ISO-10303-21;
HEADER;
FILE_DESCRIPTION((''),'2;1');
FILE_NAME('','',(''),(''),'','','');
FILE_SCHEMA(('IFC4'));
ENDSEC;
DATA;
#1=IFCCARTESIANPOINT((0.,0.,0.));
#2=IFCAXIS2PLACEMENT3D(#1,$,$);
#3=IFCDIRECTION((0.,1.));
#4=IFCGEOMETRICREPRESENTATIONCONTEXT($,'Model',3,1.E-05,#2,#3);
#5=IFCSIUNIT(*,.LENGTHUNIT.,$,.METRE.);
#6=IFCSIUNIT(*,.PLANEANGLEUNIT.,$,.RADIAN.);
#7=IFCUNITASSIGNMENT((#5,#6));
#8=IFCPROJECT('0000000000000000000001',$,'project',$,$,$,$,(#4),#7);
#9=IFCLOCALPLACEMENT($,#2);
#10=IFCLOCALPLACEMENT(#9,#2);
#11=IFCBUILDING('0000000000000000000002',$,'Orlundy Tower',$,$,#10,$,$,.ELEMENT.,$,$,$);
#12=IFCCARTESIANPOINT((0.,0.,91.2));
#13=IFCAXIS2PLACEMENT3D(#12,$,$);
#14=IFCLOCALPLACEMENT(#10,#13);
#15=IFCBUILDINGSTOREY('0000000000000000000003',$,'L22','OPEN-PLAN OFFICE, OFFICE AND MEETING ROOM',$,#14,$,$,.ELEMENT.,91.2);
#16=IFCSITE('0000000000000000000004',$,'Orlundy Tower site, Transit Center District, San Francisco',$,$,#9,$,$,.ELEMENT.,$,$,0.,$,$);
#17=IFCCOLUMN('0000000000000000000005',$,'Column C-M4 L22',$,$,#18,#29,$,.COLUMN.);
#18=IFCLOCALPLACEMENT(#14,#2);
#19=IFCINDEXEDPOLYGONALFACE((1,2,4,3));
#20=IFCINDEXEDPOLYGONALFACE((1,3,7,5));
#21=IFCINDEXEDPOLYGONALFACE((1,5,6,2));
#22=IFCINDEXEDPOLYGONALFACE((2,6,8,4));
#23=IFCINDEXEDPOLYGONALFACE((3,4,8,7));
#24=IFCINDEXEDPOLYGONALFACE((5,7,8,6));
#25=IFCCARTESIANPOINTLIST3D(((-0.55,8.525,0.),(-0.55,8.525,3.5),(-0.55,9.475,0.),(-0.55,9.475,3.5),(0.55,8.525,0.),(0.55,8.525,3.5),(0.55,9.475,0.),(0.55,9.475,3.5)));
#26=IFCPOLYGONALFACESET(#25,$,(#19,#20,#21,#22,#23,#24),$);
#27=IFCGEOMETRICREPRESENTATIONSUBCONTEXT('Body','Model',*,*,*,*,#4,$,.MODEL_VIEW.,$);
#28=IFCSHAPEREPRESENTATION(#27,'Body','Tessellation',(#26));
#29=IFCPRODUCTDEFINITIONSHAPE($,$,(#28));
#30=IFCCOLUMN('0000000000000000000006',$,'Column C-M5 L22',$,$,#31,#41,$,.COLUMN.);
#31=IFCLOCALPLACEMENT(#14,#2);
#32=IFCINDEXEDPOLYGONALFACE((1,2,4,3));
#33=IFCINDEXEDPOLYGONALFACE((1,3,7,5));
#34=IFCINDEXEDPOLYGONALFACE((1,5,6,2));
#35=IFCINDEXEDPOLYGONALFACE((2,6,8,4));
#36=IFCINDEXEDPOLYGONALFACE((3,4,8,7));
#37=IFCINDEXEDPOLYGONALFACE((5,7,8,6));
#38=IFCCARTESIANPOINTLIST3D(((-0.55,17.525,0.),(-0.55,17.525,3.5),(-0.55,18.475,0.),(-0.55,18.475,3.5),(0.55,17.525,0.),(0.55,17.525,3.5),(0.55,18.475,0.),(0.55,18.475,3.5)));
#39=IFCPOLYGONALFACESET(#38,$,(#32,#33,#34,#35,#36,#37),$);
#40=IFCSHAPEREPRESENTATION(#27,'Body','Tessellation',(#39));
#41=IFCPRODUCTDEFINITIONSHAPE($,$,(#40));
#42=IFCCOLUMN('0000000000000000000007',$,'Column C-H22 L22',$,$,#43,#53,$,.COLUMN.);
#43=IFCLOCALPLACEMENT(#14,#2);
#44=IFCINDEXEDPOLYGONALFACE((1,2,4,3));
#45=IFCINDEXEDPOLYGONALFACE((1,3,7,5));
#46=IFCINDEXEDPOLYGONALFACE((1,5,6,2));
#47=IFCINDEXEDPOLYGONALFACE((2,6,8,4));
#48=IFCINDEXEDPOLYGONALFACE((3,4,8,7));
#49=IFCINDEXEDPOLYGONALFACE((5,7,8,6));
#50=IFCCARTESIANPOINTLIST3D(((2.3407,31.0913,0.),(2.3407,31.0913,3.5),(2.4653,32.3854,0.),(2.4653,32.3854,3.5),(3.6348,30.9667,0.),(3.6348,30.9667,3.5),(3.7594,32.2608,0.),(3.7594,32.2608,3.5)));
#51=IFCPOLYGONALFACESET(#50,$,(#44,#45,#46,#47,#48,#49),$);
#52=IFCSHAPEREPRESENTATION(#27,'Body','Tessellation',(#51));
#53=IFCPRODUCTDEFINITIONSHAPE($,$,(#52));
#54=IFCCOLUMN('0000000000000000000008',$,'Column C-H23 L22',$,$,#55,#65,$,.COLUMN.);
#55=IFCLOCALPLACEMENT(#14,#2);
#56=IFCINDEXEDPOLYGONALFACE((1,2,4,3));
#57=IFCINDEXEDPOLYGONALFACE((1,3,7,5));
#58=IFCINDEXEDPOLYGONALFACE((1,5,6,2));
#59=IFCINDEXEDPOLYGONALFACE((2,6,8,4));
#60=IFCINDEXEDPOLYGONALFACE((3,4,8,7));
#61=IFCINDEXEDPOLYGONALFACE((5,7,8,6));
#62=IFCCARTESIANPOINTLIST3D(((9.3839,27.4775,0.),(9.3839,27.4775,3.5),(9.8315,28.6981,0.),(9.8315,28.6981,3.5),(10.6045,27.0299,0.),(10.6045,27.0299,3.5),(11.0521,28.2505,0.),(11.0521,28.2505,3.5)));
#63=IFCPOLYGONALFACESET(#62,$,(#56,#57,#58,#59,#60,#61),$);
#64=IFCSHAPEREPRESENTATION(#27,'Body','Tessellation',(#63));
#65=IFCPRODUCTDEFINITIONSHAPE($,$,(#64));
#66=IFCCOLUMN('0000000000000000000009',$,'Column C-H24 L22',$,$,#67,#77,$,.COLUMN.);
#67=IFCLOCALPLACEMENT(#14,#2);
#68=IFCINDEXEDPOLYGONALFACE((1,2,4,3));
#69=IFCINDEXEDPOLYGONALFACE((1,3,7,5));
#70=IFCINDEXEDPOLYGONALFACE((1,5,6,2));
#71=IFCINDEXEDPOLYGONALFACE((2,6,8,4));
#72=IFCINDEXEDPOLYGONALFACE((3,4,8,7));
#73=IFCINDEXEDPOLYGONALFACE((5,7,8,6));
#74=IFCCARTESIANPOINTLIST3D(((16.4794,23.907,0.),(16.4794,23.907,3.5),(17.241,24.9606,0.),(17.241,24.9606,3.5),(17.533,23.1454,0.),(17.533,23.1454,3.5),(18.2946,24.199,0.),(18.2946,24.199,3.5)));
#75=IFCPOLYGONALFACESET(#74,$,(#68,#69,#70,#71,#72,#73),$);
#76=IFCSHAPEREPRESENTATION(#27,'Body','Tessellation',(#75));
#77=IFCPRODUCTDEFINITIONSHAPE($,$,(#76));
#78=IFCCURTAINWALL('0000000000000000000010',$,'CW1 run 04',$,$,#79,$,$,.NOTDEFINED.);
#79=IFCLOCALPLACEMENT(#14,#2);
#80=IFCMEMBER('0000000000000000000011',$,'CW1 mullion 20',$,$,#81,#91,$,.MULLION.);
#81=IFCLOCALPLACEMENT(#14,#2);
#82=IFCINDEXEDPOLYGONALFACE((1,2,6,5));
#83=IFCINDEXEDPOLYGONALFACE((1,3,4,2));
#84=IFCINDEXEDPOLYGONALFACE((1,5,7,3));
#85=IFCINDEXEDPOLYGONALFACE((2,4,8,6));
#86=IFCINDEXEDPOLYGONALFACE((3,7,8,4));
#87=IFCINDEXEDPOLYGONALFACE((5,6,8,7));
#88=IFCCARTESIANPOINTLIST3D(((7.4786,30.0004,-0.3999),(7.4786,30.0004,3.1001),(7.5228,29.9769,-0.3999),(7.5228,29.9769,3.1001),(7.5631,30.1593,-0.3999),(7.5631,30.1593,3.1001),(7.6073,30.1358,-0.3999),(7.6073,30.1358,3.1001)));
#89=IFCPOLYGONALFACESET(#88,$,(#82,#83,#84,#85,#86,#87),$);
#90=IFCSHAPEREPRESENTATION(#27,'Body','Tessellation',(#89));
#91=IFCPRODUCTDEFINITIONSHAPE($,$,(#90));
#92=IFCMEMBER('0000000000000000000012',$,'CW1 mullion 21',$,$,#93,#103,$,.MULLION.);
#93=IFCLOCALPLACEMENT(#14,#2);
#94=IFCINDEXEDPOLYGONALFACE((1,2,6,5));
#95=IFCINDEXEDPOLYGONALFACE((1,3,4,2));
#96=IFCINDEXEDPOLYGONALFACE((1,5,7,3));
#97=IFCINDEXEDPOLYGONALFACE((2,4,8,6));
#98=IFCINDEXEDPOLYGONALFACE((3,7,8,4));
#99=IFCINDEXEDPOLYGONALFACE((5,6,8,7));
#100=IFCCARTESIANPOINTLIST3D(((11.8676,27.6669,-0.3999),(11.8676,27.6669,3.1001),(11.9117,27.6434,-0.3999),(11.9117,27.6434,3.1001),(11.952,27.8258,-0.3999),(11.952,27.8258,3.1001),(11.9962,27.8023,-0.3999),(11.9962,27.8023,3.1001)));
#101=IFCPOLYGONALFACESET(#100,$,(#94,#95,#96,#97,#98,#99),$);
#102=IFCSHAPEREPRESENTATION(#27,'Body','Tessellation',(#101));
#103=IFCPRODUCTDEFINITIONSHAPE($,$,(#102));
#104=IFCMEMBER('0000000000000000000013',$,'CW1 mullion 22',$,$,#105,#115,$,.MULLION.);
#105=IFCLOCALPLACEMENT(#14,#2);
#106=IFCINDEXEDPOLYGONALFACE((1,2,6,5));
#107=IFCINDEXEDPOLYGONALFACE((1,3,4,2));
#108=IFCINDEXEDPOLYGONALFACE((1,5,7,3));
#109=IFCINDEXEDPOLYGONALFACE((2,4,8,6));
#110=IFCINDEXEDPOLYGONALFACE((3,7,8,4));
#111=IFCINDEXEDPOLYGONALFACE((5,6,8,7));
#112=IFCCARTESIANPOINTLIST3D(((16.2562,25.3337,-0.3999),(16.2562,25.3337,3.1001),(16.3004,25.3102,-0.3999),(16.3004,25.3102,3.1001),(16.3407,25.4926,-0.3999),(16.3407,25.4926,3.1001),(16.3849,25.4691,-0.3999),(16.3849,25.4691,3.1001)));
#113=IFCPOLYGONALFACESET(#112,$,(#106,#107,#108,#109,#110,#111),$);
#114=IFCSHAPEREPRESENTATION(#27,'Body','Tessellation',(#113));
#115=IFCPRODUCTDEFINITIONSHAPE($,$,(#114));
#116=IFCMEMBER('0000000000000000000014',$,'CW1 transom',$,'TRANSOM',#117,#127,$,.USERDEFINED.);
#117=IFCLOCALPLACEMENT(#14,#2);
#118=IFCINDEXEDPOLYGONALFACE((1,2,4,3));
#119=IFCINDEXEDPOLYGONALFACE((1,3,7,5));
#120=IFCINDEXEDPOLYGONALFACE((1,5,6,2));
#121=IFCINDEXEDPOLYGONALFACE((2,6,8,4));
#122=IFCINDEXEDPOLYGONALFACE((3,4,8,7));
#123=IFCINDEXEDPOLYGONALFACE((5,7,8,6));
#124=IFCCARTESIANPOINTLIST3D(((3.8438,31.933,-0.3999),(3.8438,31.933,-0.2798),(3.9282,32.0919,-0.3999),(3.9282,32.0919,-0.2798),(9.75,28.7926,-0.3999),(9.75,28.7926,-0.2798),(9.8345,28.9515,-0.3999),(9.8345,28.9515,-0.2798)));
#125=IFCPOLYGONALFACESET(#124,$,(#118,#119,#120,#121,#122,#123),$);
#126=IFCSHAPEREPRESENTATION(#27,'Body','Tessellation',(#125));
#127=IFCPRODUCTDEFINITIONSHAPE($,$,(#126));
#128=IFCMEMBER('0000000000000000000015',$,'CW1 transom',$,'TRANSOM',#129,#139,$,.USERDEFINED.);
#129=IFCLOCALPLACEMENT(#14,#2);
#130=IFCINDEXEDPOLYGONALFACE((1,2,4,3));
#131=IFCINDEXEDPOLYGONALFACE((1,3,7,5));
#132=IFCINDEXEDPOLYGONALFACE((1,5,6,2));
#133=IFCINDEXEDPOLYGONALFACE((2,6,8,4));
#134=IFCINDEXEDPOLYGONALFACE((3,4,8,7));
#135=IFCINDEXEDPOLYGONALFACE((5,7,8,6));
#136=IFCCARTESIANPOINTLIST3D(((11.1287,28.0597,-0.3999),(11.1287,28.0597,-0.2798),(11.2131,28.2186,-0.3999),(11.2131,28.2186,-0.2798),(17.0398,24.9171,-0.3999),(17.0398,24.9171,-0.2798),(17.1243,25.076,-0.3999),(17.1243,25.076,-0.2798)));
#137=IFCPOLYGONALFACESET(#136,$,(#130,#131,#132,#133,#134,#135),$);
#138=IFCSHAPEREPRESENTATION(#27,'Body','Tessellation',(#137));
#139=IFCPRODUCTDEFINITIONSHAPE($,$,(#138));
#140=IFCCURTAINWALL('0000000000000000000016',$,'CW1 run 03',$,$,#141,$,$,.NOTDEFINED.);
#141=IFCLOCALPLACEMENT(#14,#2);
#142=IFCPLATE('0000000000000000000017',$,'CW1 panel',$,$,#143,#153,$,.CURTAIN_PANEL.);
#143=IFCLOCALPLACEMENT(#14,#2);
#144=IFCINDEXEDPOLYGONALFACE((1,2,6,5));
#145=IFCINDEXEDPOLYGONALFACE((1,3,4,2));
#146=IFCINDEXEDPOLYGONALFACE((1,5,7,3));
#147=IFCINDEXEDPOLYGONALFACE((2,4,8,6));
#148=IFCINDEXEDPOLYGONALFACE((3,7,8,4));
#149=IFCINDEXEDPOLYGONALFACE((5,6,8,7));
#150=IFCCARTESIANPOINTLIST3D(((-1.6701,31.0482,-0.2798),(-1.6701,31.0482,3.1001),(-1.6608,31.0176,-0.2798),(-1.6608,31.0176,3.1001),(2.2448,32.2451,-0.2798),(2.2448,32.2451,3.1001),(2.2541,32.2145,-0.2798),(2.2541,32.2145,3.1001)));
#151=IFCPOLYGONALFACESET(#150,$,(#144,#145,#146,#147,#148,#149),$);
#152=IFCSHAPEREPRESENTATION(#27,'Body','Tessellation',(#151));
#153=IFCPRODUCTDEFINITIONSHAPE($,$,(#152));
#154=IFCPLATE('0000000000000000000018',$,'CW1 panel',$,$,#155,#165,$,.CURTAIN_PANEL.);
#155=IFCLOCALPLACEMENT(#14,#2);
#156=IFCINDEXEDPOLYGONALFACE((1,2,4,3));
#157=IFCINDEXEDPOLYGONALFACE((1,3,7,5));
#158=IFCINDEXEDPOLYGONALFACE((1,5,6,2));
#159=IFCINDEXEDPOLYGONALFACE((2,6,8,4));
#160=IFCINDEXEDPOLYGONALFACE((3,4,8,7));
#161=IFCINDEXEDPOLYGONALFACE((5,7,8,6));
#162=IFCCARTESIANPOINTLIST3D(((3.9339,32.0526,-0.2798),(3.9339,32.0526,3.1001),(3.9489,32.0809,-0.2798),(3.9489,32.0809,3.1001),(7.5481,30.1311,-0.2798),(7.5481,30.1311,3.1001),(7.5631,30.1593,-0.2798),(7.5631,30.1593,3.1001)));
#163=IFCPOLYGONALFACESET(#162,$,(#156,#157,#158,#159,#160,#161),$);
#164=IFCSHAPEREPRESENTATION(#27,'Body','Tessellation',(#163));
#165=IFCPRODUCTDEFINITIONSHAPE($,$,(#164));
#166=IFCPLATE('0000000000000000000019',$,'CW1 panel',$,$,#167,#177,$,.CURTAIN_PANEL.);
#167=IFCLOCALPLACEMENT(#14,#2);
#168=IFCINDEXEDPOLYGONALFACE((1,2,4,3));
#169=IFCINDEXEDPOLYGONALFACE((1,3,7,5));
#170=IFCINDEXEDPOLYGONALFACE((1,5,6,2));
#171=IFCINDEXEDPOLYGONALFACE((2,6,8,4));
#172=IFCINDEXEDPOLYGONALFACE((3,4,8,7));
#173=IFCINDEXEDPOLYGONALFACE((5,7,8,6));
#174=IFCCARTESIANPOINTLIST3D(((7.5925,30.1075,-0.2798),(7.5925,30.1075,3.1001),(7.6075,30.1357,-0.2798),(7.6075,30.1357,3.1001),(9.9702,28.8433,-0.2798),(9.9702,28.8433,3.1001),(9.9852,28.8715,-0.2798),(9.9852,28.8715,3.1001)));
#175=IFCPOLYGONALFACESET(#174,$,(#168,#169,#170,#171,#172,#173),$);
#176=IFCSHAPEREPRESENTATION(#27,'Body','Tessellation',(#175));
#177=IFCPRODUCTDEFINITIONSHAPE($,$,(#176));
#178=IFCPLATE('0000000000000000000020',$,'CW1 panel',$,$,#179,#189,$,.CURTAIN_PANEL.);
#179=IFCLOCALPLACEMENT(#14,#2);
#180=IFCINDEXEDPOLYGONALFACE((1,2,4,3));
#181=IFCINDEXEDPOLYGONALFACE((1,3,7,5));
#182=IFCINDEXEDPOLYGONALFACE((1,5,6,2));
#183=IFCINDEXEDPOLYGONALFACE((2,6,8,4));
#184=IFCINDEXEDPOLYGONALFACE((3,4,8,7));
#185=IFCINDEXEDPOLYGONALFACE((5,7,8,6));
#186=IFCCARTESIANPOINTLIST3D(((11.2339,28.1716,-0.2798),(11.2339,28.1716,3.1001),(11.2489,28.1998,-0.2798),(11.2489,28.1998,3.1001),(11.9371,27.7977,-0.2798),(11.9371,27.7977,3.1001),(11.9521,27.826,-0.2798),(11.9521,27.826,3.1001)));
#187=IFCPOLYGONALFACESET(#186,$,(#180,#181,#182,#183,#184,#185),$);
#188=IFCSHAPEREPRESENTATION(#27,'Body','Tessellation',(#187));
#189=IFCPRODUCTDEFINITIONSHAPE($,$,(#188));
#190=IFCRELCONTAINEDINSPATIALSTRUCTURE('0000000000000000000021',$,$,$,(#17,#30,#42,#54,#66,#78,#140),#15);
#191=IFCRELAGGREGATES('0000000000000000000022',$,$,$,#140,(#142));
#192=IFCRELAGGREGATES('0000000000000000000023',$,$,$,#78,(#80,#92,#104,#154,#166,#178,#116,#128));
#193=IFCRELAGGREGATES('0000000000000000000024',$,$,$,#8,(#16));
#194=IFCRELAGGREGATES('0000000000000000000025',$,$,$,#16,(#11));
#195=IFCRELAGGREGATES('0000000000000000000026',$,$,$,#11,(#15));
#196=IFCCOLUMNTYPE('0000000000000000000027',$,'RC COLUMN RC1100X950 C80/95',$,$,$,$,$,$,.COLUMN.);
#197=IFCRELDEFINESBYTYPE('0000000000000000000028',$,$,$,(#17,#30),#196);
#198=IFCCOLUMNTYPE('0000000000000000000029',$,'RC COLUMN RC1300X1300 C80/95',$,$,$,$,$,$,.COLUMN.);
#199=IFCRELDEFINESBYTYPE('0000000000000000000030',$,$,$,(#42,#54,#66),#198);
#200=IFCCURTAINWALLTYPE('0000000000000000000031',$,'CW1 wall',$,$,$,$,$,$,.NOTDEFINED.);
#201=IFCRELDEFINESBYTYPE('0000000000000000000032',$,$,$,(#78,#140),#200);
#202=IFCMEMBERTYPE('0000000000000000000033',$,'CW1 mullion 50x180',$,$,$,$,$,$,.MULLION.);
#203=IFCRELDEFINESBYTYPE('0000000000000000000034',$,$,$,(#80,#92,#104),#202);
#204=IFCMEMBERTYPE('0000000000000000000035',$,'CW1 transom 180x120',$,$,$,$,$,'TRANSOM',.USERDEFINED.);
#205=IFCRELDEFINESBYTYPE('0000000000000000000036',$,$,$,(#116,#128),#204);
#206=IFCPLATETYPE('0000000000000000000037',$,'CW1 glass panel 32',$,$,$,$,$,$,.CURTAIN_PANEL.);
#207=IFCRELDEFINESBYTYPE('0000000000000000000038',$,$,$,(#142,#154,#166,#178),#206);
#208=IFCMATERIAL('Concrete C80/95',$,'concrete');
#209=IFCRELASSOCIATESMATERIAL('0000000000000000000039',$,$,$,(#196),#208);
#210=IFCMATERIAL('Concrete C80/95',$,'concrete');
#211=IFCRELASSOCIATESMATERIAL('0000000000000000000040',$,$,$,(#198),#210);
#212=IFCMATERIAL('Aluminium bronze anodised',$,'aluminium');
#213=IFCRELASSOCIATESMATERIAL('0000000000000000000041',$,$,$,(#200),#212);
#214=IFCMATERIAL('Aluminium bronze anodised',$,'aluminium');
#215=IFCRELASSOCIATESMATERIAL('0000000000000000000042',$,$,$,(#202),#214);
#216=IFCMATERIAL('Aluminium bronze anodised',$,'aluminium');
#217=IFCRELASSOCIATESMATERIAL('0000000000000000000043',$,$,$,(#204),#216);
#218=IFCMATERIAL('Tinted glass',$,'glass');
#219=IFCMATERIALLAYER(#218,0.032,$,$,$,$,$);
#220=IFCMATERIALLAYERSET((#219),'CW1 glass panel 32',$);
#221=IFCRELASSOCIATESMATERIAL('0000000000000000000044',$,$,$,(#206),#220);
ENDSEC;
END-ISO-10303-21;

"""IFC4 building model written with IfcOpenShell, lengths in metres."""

from ifc_helpers import new_model, si_unit, direction, frame, origin, origin_2d, place, context, subcontext, project, spatial, rectangle, extrude, material, layer, layer_set, material_profile, profile_set, type_object, element, aggregate, save


model = new_model("IFC4")

# Units and contexts
model_context = context("Model", 3, precision=1e-05, world=origin(), true_north=direction((0.0, 1.0)))
body_context = subcontext(model_context, "Body", "Model", "MODEL_VIEW")
ifc_project = project(units=[si_unit("LENGTHUNIT", "METRE"), si_unit("PLANEANGLEUNIT", "RADIAN")], contexts=[model_context])

# Site, building, storey
site_placement = place(None, origin())
site = spatial("IfcSite", under=ifc_project, at=site_placement, Name="Orlundy Tower site, Transit Center District, San Francisco", CompositionType="ELEMENT", RefElevation=0.0)
building_placement = place(site_placement, origin())
building = spatial("IfcBuilding", under=site, at=building_placement, Name="Orlundy Tower", CompositionType="ELEMENT")
storey_placement = place(building_placement, frame((0.0, 0.0, 91.2)))
storey = spatial("IfcBuildingStorey", under=building, at=storey_placement, Name="L22", Description="OPEN-PLAN OFFICE, OFFICE AND MEETING ROOM", CompositionType="ELEMENT", Elevation=91.2)

# Columns
ifc_material_1 = material(Name="Concrete C80/95", Category="concrete")
ifc_material_profile_1 = material_profile(ifc_material_1, rectangle(XDim=1.1001, YDim=0.95, at=origin_2d()), Name="RC1100X950")
ifc_profile_set_1 = profile_set([ifc_material_profile_1], Name="Concrete C80/95")
column_type_1 = type_object("IfcColumnType", Name="RC COLUMN RC1100X950 C80/95", PredefinedType="COLUMN", material=ifc_profile_set_1)
for number, where, z_axis, x_axis, name in (
    (1, (0.0, 9.0, 0.0), (0.0, 0.0, 1.0), (1.0, 0.0, 0.0), "Column C-M4 L22"),
    (2, (0.0, 18.0, 0.0), (0.0, 0.0, 1.0), (1.0, 0.0, 0.0), "Column C-M5 L22"),
):
    element("IfcColumn", number, at=place(storey_placement, frame(where, z_axis=z_axis, x_axis=x_axis)), inside=storey, type_object=column_type_1, Name=name, PredefinedType="COLUMN", context=body_context, shape_type="SweptSolid", body=[
        extrude(rectangle(XDim=1.1001, YDim=0.95, at=origin_2d()), origin(), (0.0, 0.0, 1.0), 3.5),
    ])
ifc_material_2 = material(Name="Concrete C80/95", Category="concrete")
ifc_material_profile_2 = material_profile(ifc_material_2, rectangle(XDim=1.3, YDim=1.3, at=origin_2d()), Name="RC1300X1300")
ifc_profile_set_2 = profile_set([ifc_material_profile_2], Name="Concrete C80/95")
column_type_2 = type_object("IfcColumnType", Name="RC COLUMN RC1300X1300 C80/95", PredefinedType="COLUMN", material=ifc_profile_set_2)
for number, where, z_axis, x_axis, name in (
    (3, (3.05, 31.676, 0.0), (0.0, 0.0, 1.0), (0.095846, 0.995396, 0.0), "Column C-H22 L22"),
    (4, (10.218, 27.864, 0.0), (0.0, 0.0, 1.0), (0.344282, 0.938866, 0.0), "Column C-H23 L22"),
    (5, (17.387, 24.053, 0.0), (0.0, 0.0, 1.0), (0.585835, 0.81043, 0.0), "Column C-H24 L22"),
):
    element("IfcColumn", number, at=place(storey_placement, frame(where, z_axis=z_axis, x_axis=x_axis)), inside=storey, type_object=column_type_2, Name=name, PredefinedType="COLUMN", context=body_context, shape_type="SweptSolid", body=[
        extrude(rectangle(XDim=1.3, YDim=1.3, at=origin_2d()), origin(), (0.0, 0.0, 1.0), 3.5),
    ])

# Curtain wall, members
ifc_material_3 = material(Name="Aluminium bronze anodised", Category="aluminium")
curtain_wall_type = type_object("IfcCurtainWallType", Name="CW1 wall", PredefinedType="NOTDEFINED", material=ifc_material_3)
curtain_wall_1_placement = place(storey_placement, origin())
curtain_wall_1 = element("IfcCurtainWall", 6, at=curtain_wall_1_placement, inside=storey, type_object=curtain_wall_type, Name="CW1 run 04", PredefinedType="NOTDEFINED")
ifc_material_4 = material(Name="Aluminium bronze anodised", Category="aluminium")
ifc_material_profile_3 = material_profile(ifc_material_4, rectangle(XDim=0.1799, YDim=0.05, at=origin_2d()), Name="CW1 mullion 50x180")
ifc_profile_set_3 = profile_set([ifc_material_profile_3], Name="Aluminium bronze anodised")
member_type_1 = type_object("IfcMemberType", Name="CW1 mullion 50x180", PredefinedType="MULLION", material=ifc_profile_set_3)
member_1_placement = place(storey_placement, frame((7.543, 30.0681, -0.3999), z_axis=(0.0, 0.0, 1.0), x_axis=(0.469445, 0.882961, 0.0)))
member_1 = element("IfcMember", 7, at=member_1_placement, type_object=member_type_1, Name="CW1 mullion 20", PredefinedType="MULLION", context=body_context, shape_type="SweptSolid", body=[
    extrude(rectangle(XDim=0.1799, YDim=0.05, at=origin_2d()), origin(), (0.0, 0.0, 1.0), 3.5),
])
member_2_placement = place(storey_placement, frame((11.9319, 27.7346, -0.3999), z_axis=(0.0, 0.0, 1.0), x_axis=(0.469445, 0.882961, 0.0)))
member_2 = element("IfcMember", 8, at=member_2_placement, type_object=member_type_1, Name="CW1 mullion 21", PredefinedType="MULLION", context=body_context, shape_type="SweptSolid", body=[
    extrude(rectangle(XDim=0.1799, YDim=0.05, at=origin_2d()), origin(), (0.0, 0.0, 1.0), 3.5),
])
member_3_placement = place(storey_placement, frame((16.3206, 25.4014, -0.3999), z_axis=(0.0, 0.0, 1.0), x_axis=(0.469445, 0.882961, 0.0)))
member_3 = element("IfcMember", 9, at=member_3_placement, type_object=member_type_1, Name="CW1 mullion 22", PredefinedType="MULLION", context=body_context, shape_type="SweptSolid", body=[
    extrude(rectangle(XDim=0.1799, YDim=0.05, at=origin_2d()), origin(), (0.0, 0.0, 1.0), 3.5),
])
ifc_material_5 = material(Name="Aluminium bronze anodised", Category="aluminium")
ifc_material_profile_4 = material_profile(ifc_material_5, rectangle(XDim=0.1799, YDim=0.1201, at=origin_2d()), Name="CW1 transom 180x120")
ifc_profile_set_4 = profile_set([ifc_material_profile_4], Name="Aluminium bronze anodised")
member_type_2 = type_object("IfcMemberType", Name="CW1 transom 180x120", ElementType="TRANSOM", PredefinedType="USERDEFINED", material=ifc_profile_set_4)
member_4_placement = place(storey_placement, frame((3.886, 32.0125, -0.3398), z_axis=(0.882949, -0.469468, 0.0), x_axis=(0.469468, 0.882949, 0.0)))
member_4 = element("IfcMember", 10, at=member_4_placement, type_object=member_type_2, Name="CW1 transom", ObjectType="TRANSOM", PredefinedType="USERDEFINED", context=body_context, shape_type="SweptSolid", body=[
    extrude(rectangle(XDim=0.1799, YDim=0.1201, at=origin_2d()), origin(), (0.0, 0.0, 1.0), 6.6892),
])
member_5_placement = place(storey_placement, frame((11.1709, 28.1392, -0.3398), z_axis=(0.882974, -0.469422, 0.0), x_axis=(0.469422, 0.882974, 0.0)))
member_5 = element("IfcMember", 11, at=member_5_placement, type_object=member_type_2, Name="CW1 transom", ObjectType="TRANSOM", PredefinedType="USERDEFINED", context=body_context, shape_type="SweptSolid", body=[
    extrude(rectangle(XDim=0.1799, YDim=0.1201, at=origin_2d()), origin(), (0.0, 0.0, 1.0), 6.6946),
])

# Curtain wall, plate
curtain_wall_2_placement = place(storey_placement, origin())
curtain_wall_2 = element("IfcCurtainWall", 12, at=curtain_wall_2_placement, inside=storey, type_object=curtain_wall_type, Name="CW1 run 03", PredefinedType="NOTDEFINED")
ifc_material_6 = material(Name="Tinted glass", Category="glass")
ifc_layer_1 = layer(ifc_material_6, 0.032)
ifc_layer_set_1 = layer_set([ifc_layer_1], Name="CW1 glass panel 32")
plate_type = type_object("IfcPlateType", Name="CW1 glass panel 32", PredefinedType="CURTAIN_PANEL", material=ifc_layer_set_1)
plate_1_placement = place(storey_placement, frame((0.292, 31.6313, -0.2798), z_axis=(0.0, 0.0, 1.0), x_axis=(0.956308, 0.292361, 0.0)))
plate_1 = element("IfcPlate", 13, at=plate_1_placement, type_object=plate_type, Name="CW1 panel", PredefinedType="CURTAIN_PANEL", context=body_context, shape_type="SweptSolid", body=[
    extrude(rectangle(XDim=4.0938, YDim=0.032, at=origin_2d()), origin(), (0.0, 0.0, 1.0), 3.3799),
])
aggregate(curtain_wall_2, [plate_1])

# Plates
plate_2_placement = place(storey_placement, frame((5.7485, 31.106, -0.2798), z_axis=(0.0, 0.0, 1.0), x_axis=(0.882961, -0.469445, 0.0)))
plate_2 = element("IfcPlate", 14, at=plate_2_placement, type_object=plate_type, Name="CW1 panel", PredefinedType="CURTAIN_PANEL", context=body_context, shape_type="SweptSolid", body=[
    extrude(rectangle(XDim=4.0933, YDim=0.032, at=origin_2d()), origin(), (0.0, 0.0, 1.0), 3.3799),
])
plate_3_placement = place(storey_placement, frame((8.7888, 29.4895, -0.2798), z_axis=(0.0, 0.0, 1.0), x_axis=(0.882961, -0.469445, 0.0)))
plate_3 = element("IfcPlate", 15, at=plate_3_placement, type_object=plate_type, Name="CW1 panel", PredefinedType="CURTAIN_PANEL", context=body_context, shape_type="SweptSolid", body=[
    extrude(rectangle(XDim=2.6929, YDim=0.032, at=origin_2d()), origin(), (0.0, 0.0, 1.0), 3.3799),
])
plate_4_placement = place(storey_placement, frame((11.593, 27.9988, -0.2798), z_axis=(0.0, 0.0, 1.0), x_axis=(0.882961, -0.469445, 0.0)))
plate_4 = element("IfcPlate", 16, at=plate_4_placement, type_object=plate_type, Name="CW1 panel", PredefinedType="CURTAIN_PANEL", context=body_context, shape_type="SweptSolid", body=[
    extrude(rectangle(XDim=0.7964, YDim=0.032, at=origin_2d()), origin(), (0.0, 0.0, 1.0), 3.3799),
])
aggregate(curtain_wall_1, [member_1, member_2, member_3, plate_2, plate_3, plate_4, member_4, member_5])

save(model, "model.ifc")
